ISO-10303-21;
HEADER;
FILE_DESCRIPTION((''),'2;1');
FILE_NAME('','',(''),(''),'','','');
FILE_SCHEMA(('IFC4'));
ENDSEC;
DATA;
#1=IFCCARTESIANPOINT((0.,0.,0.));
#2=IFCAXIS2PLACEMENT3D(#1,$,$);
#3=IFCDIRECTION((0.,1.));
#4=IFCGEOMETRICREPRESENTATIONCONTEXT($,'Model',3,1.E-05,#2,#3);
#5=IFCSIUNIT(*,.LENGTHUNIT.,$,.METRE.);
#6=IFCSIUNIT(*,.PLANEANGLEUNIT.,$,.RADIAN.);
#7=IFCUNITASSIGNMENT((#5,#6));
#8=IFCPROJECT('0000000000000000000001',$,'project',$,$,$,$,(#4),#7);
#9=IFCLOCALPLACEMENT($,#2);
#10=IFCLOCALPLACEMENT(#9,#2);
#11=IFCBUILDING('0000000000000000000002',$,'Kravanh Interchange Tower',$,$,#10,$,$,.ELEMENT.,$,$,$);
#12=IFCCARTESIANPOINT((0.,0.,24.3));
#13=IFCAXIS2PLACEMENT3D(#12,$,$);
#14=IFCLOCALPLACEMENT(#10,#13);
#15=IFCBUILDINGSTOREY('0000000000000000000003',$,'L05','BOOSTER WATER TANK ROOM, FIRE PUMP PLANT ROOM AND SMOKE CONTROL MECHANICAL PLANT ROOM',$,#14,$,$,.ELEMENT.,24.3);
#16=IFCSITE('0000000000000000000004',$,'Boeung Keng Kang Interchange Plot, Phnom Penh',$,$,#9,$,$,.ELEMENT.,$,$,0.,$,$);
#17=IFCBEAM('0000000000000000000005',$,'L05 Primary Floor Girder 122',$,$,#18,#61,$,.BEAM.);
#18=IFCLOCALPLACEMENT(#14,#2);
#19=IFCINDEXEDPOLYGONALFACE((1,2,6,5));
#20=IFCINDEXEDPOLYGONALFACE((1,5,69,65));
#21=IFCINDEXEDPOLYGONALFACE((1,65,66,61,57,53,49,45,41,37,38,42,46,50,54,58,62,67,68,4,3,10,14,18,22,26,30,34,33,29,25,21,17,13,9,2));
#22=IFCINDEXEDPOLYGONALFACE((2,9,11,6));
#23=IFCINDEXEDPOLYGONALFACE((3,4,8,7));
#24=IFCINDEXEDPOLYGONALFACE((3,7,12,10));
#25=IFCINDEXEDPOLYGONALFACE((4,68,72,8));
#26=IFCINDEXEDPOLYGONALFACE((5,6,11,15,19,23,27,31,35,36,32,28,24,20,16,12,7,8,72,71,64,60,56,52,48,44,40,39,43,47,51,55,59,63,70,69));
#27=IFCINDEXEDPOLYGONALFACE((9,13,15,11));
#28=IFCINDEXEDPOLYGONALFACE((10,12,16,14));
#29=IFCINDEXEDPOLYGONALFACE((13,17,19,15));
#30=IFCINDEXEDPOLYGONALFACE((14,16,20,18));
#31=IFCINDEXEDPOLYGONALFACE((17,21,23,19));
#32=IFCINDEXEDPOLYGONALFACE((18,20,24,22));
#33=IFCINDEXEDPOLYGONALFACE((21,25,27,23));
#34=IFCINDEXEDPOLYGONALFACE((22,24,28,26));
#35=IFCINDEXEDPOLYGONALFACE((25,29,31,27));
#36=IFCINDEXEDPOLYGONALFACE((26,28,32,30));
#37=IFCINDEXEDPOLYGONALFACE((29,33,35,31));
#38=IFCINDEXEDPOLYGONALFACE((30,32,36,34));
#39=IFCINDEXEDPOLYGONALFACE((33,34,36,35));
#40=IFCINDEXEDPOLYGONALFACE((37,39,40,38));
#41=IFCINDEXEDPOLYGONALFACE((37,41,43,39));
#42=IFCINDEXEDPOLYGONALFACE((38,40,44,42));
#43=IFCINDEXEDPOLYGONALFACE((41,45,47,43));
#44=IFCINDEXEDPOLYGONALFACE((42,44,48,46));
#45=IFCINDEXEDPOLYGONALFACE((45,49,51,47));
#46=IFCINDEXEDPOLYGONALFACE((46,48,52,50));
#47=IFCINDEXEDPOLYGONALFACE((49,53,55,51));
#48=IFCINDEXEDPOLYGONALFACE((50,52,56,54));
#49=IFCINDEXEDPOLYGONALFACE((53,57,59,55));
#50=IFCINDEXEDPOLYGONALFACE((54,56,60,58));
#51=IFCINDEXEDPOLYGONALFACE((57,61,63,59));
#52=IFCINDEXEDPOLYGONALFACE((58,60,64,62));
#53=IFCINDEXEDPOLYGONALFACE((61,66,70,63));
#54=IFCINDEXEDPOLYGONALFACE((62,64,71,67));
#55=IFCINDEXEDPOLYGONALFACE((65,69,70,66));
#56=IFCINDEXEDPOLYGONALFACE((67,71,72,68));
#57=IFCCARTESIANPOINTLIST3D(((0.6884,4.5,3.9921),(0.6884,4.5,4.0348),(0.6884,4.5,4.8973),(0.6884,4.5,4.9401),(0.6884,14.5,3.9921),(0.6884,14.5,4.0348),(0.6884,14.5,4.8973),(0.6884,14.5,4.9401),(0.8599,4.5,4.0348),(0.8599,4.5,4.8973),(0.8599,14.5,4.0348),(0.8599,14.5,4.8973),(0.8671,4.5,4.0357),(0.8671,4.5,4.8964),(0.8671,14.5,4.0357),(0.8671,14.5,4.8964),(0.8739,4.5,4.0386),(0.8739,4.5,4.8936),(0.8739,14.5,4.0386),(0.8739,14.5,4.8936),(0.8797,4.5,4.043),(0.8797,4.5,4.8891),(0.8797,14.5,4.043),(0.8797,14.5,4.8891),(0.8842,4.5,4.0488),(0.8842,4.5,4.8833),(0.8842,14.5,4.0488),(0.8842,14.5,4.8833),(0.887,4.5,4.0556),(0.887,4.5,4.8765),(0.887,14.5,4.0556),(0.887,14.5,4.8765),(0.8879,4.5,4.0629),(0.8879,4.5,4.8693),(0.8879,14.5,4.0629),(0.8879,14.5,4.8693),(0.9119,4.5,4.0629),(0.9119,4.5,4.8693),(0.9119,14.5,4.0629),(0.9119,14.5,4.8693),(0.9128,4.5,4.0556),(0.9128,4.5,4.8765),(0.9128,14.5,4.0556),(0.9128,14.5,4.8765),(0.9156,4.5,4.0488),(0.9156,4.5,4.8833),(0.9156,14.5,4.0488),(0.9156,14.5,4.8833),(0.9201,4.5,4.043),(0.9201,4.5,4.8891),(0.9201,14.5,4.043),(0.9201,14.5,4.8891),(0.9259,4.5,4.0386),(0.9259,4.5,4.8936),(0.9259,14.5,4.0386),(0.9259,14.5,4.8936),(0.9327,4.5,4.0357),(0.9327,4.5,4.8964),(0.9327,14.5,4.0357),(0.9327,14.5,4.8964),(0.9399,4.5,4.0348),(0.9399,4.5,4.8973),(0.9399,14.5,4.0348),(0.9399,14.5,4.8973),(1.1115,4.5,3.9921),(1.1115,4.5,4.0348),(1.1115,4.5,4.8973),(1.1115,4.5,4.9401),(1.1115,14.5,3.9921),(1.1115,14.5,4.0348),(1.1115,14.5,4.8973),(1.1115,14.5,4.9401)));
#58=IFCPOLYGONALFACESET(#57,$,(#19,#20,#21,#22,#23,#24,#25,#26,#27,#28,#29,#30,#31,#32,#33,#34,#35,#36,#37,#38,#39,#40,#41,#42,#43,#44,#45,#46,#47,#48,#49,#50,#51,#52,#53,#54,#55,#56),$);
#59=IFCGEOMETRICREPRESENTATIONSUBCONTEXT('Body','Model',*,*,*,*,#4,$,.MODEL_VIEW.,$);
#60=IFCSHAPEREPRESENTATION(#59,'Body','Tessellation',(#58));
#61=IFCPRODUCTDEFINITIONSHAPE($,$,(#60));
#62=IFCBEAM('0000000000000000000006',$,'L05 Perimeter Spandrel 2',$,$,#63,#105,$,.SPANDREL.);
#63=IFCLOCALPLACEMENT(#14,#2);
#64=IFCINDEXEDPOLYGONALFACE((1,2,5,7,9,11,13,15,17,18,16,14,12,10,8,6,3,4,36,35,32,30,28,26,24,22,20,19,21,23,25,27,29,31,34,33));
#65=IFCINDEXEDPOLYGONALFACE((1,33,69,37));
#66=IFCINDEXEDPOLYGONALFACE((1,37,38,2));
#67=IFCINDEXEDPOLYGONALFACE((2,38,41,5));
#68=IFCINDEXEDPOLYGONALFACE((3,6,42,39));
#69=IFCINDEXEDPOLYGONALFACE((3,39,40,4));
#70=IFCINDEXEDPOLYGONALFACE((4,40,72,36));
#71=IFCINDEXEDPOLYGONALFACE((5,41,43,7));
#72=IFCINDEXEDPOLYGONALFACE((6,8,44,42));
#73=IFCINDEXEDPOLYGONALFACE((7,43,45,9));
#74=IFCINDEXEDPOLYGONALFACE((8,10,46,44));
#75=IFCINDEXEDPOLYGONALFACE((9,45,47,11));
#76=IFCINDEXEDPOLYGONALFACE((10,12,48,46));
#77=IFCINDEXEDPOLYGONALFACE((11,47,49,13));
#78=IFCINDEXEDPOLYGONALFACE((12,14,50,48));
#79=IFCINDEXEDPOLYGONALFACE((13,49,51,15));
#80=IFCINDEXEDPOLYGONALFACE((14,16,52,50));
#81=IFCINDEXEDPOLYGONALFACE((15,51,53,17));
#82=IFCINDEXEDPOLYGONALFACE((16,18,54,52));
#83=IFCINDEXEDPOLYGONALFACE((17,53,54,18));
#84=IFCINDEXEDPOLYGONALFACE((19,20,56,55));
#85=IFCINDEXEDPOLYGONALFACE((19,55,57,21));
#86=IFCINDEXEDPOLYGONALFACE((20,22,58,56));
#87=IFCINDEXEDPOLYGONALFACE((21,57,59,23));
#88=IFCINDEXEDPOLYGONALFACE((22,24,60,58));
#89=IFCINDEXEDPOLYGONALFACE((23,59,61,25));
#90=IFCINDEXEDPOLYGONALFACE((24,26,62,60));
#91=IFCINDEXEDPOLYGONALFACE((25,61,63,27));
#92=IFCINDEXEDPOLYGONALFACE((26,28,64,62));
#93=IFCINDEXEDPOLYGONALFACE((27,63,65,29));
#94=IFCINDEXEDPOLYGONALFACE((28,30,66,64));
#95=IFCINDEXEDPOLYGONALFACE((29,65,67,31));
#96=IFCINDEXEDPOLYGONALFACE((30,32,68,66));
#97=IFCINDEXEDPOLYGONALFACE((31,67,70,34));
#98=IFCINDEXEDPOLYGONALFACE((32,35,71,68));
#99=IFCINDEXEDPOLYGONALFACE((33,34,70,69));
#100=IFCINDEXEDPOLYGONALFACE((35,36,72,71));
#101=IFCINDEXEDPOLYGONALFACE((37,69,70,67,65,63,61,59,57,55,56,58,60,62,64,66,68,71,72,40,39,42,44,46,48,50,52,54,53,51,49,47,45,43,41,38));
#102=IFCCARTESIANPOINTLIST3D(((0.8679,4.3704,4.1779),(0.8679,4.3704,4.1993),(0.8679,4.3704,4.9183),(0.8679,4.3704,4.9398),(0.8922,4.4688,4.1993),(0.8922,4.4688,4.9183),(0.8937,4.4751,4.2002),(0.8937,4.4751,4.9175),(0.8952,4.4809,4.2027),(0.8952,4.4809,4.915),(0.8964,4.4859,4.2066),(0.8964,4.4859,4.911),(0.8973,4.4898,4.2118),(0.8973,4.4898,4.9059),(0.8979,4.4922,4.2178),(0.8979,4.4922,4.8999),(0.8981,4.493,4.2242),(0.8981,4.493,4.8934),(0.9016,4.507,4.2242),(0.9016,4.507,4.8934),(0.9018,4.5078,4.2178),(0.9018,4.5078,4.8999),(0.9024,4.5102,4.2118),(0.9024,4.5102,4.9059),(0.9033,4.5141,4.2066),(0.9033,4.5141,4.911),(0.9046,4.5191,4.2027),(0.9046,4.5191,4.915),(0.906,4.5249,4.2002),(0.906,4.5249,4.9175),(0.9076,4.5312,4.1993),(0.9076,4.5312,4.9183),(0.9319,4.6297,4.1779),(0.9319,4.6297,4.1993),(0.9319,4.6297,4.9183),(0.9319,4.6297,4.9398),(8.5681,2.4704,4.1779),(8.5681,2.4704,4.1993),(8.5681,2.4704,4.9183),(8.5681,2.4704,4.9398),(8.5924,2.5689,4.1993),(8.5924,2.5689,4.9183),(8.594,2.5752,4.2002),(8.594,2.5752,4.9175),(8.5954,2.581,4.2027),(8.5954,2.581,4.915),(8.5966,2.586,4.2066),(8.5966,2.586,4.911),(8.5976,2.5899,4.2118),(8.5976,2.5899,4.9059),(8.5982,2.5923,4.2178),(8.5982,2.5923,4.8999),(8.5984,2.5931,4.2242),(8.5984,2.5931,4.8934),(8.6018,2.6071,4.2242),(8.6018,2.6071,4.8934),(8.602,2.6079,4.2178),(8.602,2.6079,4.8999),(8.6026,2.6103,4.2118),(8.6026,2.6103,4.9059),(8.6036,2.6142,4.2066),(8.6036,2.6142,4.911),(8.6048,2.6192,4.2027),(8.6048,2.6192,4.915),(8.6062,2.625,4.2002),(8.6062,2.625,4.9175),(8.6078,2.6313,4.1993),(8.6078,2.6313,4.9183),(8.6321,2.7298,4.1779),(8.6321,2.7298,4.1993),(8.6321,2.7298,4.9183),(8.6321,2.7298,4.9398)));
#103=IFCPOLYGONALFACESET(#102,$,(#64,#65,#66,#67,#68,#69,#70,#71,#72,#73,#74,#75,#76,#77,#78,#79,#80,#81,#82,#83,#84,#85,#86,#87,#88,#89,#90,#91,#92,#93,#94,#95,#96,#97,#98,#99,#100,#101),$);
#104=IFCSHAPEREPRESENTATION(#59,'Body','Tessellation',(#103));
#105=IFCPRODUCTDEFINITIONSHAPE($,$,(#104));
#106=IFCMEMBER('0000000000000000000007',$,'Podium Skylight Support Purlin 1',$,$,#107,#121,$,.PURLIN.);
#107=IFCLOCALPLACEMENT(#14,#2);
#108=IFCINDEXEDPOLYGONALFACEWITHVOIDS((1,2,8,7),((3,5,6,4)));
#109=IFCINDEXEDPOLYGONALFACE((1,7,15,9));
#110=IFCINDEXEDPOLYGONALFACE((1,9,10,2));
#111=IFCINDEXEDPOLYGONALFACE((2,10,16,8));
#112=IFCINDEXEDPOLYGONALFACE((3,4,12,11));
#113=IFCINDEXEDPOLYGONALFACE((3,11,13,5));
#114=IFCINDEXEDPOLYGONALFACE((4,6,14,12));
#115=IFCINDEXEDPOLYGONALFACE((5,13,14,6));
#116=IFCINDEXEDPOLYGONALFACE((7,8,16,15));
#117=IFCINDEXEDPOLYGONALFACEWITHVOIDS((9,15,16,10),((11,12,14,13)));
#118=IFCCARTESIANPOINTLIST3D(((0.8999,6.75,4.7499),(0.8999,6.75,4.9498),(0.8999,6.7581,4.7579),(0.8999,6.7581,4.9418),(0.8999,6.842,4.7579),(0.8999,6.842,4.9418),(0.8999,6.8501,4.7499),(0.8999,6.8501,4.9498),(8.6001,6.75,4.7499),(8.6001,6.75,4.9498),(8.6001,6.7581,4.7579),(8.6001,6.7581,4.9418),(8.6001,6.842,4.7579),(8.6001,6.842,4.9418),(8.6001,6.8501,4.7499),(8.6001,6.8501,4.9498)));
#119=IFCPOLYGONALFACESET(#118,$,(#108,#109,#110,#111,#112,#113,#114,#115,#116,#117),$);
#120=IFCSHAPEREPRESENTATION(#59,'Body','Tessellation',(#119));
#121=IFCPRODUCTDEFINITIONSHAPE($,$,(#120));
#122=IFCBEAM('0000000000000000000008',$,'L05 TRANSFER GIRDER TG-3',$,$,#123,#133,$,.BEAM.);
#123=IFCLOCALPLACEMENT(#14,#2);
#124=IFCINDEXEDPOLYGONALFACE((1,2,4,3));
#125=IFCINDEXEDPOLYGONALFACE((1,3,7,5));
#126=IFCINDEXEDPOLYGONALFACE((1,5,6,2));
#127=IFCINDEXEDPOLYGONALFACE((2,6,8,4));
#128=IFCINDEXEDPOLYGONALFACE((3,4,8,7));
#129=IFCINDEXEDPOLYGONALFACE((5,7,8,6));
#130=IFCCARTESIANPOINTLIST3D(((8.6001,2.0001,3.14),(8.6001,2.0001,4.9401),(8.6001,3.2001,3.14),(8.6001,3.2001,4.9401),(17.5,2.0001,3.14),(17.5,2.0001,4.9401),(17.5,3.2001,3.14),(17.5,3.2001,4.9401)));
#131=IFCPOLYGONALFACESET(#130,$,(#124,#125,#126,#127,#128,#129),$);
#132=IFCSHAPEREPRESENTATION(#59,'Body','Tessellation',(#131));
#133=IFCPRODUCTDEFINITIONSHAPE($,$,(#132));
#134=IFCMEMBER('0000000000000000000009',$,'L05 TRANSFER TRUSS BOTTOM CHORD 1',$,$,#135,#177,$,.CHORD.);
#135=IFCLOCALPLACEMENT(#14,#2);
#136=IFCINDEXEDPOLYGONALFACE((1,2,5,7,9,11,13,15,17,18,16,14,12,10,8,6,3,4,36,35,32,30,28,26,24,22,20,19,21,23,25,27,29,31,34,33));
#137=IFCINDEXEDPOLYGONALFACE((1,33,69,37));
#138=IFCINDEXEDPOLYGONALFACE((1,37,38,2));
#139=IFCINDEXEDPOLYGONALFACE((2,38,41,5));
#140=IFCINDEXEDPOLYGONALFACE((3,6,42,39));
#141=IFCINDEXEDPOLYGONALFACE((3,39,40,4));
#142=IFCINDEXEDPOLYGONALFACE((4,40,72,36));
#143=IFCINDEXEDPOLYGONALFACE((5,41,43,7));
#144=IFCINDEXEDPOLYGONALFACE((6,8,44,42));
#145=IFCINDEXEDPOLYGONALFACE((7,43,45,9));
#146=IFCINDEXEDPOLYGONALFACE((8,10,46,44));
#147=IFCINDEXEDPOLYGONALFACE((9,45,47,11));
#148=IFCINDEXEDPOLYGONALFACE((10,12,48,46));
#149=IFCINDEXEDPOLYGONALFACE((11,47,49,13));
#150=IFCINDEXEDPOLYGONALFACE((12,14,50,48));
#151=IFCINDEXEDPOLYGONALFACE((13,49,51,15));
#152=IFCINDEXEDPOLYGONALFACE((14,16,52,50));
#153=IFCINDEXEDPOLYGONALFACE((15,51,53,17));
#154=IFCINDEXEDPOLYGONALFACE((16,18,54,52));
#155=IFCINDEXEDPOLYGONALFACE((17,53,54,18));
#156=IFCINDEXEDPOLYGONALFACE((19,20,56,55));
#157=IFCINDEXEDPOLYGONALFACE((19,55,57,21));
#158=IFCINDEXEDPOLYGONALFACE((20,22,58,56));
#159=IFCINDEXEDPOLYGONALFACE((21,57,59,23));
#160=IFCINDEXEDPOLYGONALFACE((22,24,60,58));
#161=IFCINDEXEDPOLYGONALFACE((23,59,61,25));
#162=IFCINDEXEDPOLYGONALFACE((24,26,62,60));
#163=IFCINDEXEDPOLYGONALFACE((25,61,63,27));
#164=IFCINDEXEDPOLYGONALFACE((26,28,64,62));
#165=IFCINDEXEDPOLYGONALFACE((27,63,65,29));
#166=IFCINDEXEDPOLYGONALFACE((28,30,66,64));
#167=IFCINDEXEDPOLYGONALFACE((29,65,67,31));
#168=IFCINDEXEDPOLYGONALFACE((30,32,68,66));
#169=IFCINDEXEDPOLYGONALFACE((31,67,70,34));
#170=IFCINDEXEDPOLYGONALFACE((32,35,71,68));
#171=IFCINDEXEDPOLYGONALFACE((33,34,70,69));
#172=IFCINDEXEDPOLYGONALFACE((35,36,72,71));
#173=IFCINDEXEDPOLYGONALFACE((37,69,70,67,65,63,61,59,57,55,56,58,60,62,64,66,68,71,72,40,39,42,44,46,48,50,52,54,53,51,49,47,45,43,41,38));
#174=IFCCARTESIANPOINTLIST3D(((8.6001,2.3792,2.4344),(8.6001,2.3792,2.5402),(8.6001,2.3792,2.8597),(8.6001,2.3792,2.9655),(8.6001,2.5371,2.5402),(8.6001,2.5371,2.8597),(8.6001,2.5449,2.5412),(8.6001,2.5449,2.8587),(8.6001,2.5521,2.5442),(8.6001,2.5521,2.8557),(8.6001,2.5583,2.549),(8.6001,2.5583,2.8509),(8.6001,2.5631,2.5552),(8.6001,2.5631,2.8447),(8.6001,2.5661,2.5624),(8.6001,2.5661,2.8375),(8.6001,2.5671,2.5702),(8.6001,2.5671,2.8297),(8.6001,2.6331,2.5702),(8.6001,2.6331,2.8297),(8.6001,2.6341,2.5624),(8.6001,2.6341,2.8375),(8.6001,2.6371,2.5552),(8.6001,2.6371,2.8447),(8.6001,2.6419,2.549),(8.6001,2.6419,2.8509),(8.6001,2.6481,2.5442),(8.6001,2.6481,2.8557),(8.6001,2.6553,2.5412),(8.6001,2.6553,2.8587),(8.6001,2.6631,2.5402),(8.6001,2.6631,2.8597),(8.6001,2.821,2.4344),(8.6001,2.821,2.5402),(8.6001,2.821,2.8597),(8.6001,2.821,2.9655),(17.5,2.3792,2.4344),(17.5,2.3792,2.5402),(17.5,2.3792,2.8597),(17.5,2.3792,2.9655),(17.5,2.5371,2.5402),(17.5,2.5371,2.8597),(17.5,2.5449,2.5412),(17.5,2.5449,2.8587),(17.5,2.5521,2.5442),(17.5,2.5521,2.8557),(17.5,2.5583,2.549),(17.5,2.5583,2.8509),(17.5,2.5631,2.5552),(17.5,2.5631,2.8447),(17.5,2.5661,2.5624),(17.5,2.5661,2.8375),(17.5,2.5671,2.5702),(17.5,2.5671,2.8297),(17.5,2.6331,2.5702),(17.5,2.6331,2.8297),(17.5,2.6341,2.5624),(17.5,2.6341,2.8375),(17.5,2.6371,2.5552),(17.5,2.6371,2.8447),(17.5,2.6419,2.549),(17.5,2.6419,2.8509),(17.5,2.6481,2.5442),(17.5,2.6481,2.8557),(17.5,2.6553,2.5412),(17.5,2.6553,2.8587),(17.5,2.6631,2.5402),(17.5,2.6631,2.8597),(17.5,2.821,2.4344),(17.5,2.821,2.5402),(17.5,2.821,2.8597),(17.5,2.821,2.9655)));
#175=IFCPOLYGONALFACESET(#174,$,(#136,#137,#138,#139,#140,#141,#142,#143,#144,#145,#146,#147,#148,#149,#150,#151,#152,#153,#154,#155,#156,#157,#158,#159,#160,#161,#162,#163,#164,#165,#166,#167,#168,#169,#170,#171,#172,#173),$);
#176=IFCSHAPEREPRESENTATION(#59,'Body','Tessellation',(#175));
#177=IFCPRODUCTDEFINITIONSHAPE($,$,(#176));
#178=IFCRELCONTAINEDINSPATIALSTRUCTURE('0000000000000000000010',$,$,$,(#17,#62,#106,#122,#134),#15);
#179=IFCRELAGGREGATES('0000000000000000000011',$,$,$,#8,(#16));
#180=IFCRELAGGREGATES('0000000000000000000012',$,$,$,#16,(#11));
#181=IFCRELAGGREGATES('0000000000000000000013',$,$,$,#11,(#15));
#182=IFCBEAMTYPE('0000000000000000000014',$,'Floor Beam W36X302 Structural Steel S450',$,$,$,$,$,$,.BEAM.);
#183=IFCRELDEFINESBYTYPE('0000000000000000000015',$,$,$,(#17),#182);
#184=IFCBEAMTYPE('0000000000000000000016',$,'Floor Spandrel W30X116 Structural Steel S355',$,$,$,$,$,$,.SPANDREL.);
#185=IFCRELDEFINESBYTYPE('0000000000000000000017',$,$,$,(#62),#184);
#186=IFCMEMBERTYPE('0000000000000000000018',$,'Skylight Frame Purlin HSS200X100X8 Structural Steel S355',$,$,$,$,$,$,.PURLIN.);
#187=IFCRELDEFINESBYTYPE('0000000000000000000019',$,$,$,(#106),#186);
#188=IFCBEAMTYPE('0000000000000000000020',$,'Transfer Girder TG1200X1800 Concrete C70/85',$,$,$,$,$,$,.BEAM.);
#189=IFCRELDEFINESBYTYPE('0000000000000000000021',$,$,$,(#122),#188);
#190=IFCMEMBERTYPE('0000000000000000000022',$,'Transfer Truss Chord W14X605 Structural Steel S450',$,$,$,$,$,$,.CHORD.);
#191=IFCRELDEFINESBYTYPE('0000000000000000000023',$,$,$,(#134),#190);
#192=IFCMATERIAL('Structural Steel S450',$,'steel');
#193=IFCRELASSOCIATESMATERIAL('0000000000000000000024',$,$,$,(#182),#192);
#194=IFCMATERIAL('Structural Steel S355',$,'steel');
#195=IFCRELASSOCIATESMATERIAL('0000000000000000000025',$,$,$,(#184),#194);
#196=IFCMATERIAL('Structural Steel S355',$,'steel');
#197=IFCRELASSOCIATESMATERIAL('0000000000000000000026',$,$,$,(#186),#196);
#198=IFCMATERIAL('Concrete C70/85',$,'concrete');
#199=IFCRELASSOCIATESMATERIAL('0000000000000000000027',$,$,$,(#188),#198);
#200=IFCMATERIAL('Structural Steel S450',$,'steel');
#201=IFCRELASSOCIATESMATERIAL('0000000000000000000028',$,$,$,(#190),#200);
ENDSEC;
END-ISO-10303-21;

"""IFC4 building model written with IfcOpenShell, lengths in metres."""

from ifc_helpers import new_model, si_unit, direction, frame, origin, origin_2d, place, context, subcontext, project, spatial, rectangle, hollow_rectangle, i_section, extrude, material, material_profile, profile_set, type_object, element, save


model = new_model("IFC4")

# Units and contexts
model_context = context("Model", 3, precision=1e-05, world=origin(), true_north=direction((0.0, 1.0)))
body_context = subcontext(model_context, "Body", "Model", "MODEL_VIEW")
ifc_project = project(units=[si_unit("LENGTHUNIT", "METRE"), si_unit("PLANEANGLEUNIT", "RADIAN")], contexts=[model_context])

# Site, building, storey
site_placement = place(None, origin())
site = spatial("IfcSite", under=ifc_project, at=site_placement, Name="Boeung Keng Kang Interchange Plot, Phnom Penh", CompositionType="ELEMENT", RefElevation=0.0)
building_placement = place(site_placement, origin())
building = spatial("IfcBuilding", under=site, at=building_placement, Name="Kravanh Interchange Tower", CompositionType="ELEMENT")
storey_placement = place(building_placement, frame((0.0, 0.0, 24.3)))
storey = spatial("IfcBuildingStorey", under=building, at=storey_placement, Name="L05", Description="BOOSTER WATER TANK ROOM, FIRE PUMP PLANT ROOM AND SMOKE CONTROL MECHANICAL PLANT ROOM", CompositionType="ELEMENT", Elevation=24.3)

# Beams
ifc_material_1 = material(Name="Structural Steel S450", Category="steel")
ifc_material_profile_1 = material_profile(ifc_material_1, i_section(OverallWidth=0.4231, OverallDepth=0.948, WebThickness=0.0239, FlangeThickness=0.0427, FilletRadius=0.0281, at=origin_2d()), Name="W36X302")
ifc_profile_set_1 = profile_set([ifc_material_profile_1], Name="Structural Steel S450")
beam_type_1 = type_object("IfcBeamType", Name="Floor Beam W36X302 Structural Steel S450", PredefinedType="BEAM", material=ifc_profile_set_1)
beam_1_placement = place(storey_placement, frame((0.8999, 4.5, 4.4661), z_axis=(0.0, 1.0, 0.0), x_axis=(-1.0, 0.0, 0.0)))
element("IfcBeam", 1, at=beam_1_placement, inside=storey, type_object=beam_type_1, Name="L05 Primary Floor Girder 122", PredefinedType="BEAM", context=body_context, shape_type="SweptSolid", body=[
    extrude(i_section(OverallWidth=0.4231, OverallDepth=0.948, WebThickness=0.0239, FlangeThickness=0.0427, FilletRadius=0.0281, at=origin_2d()), origin(), (0.0, 0.0, 1.0), 10.0),
])
ifc_material_2 = material(Name="Structural Steel S355", Category="steel")
ifc_material_profile_2 = material_profile(ifc_material_2, i_section(OverallWidth=0.2671, OverallDepth=0.762, WebThickness=0.0144, FlangeThickness=0.0215, FilletRadius=0.0249, at=origin_2d()), Name="W30X116")
ifc_profile_set_2 = profile_set([ifc_material_profile_2], Name="Structural Steel S355")
beam_type_2 = type_object("IfcBeamType", Name="Floor Spandrel W30X116 Structural Steel S355", PredefinedType="SPANDREL", material=ifc_profile_set_2)
beam_2_placement = place(storey_placement, frame((8.6001, 2.6001, 4.5588), z_axis=(-0.970884, 0.23955, 0.0), x_axis=(-0.23955, -0.970884, 0.0)))
element("IfcBeam", 2, at=beam_2_placement, inside=storey, type_object=beam_type_2, Name="L05 Perimeter Spandrel 2", PredefinedType="SPANDREL", context=body_context, shape_type="SweptSolid", body=[
    extrude(i_section(OverallWidth=0.2671, OverallDepth=0.762, WebThickness=0.0144, FlangeThickness=0.0215, FilletRadius=0.0249, at=origin_2d()), origin(), (0.0, 0.0, 1.0), 7.9312),
])

# Member
ifc_material_3 = material(Name="Structural Steel S355", Category="steel")
ifc_material_profile_3 = material_profile(ifc_material_3, hollow_rectangle(XDim=0.1001, YDim=0.2, WallThickness=0.0081, at=origin_2d()), Name="HSS200X100X8")
ifc_profile_set_3 = profile_set([ifc_material_profile_3], Name="Structural Steel S355")
member_type_1 = type_object("IfcMemberType", Name="Skylight Frame Purlin HSS200X100X8 Structural Steel S355", PredefinedType="PURLIN", material=ifc_profile_set_3)
member_1_placement = place(storey_placement, frame((0.8999, 6.8, 4.8499), z_axis=(1.0, 0.0, 0.0), x_axis=(0.0, 1.0, 0.0)))
element("IfcMember", 3, at=member_1_placement, inside=storey, type_object=member_type_1, Name="Podium Skylight Support Purlin 1", PredefinedType="PURLIN", context=body_context, shape_type="SweptSolid", body=[
    extrude(hollow_rectangle(XDim=0.1001, YDim=0.2, WallThickness=0.0081, at=origin_2d()), origin(), (0.0, 0.0, 1.0), 7.7002),
])

# Beam
ifc_material_4 = material(Name="Concrete C70/85", Category="concrete")
ifc_material_profile_4 = material_profile(ifc_material_4, rectangle(XDim=1.2, YDim=1.8, at=origin_2d()), Name="TG1200X1800")
ifc_profile_set_4 = profile_set([ifc_material_profile_4], Name="Concrete C70/85")
beam_type_3 = type_object("IfcBeamType", Name="Transfer Girder TG1200X1800 Concrete C70/85", PredefinedType="BEAM", material=ifc_profile_set_4)
beam_3_placement = place(storey_placement, frame((8.6001, 2.6001, 4.04), z_axis=(1.0, 0.0, 0.0), x_axis=(0.0, 1.0, 0.0)))
element("IfcBeam", 4, at=beam_3_placement, inside=storey, type_object=beam_type_3, Name="L05 TRANSFER GIRDER TG-3", PredefinedType="BEAM", context=body_context, shape_type="SweptSolid", body=[
    extrude(rectangle(XDim=1.2, YDim=1.8, at=origin_2d()), origin(), (0.0, 0.0, 1.0), 8.8999),
])

# Member
ifc_material_5 = material(Name="Structural Steel S450", Category="steel")
ifc_material_profile_5 = material_profile(ifc_material_5, i_section(OverallWidth=0.4419, OverallDepth=0.531, WebThickness=0.0659, FlangeThickness=0.1057, FilletRadius=0.03, at=origin_2d()), Name="W14X605")
ifc_profile_set_5 = profile_set([ifc_material_profile_5], Name="Structural Steel S450")
member_type_2 = type_object("IfcMemberType", Name="Transfer Truss Chord W14X605 Structural Steel S450", PredefinedType="CHORD", material=ifc_profile_set_5)
member_2_placement = place(storey_placement, frame((8.6001, 2.6001, 2.7), z_axis=(1.0, 0.0, 0.0), x_axis=(0.0, 1.0, 0.0)))
element("IfcMember", 5, at=member_2_placement, inside=storey, type_object=member_type_2, Name="L05 TRANSFER TRUSS BOTTOM CHORD 1", PredefinedType="CHORD", context=body_context, shape_type="SweptSolid", body=[
    extrude(i_section(OverallWidth=0.4419, OverallDepth=0.531, WebThickness=0.0659, FlangeThickness=0.1057, FilletRadius=0.03, at=origin_2d()), origin(), (0.0, 0.0, 1.0), 8.8999),
])

save(model, "model.ifc")
